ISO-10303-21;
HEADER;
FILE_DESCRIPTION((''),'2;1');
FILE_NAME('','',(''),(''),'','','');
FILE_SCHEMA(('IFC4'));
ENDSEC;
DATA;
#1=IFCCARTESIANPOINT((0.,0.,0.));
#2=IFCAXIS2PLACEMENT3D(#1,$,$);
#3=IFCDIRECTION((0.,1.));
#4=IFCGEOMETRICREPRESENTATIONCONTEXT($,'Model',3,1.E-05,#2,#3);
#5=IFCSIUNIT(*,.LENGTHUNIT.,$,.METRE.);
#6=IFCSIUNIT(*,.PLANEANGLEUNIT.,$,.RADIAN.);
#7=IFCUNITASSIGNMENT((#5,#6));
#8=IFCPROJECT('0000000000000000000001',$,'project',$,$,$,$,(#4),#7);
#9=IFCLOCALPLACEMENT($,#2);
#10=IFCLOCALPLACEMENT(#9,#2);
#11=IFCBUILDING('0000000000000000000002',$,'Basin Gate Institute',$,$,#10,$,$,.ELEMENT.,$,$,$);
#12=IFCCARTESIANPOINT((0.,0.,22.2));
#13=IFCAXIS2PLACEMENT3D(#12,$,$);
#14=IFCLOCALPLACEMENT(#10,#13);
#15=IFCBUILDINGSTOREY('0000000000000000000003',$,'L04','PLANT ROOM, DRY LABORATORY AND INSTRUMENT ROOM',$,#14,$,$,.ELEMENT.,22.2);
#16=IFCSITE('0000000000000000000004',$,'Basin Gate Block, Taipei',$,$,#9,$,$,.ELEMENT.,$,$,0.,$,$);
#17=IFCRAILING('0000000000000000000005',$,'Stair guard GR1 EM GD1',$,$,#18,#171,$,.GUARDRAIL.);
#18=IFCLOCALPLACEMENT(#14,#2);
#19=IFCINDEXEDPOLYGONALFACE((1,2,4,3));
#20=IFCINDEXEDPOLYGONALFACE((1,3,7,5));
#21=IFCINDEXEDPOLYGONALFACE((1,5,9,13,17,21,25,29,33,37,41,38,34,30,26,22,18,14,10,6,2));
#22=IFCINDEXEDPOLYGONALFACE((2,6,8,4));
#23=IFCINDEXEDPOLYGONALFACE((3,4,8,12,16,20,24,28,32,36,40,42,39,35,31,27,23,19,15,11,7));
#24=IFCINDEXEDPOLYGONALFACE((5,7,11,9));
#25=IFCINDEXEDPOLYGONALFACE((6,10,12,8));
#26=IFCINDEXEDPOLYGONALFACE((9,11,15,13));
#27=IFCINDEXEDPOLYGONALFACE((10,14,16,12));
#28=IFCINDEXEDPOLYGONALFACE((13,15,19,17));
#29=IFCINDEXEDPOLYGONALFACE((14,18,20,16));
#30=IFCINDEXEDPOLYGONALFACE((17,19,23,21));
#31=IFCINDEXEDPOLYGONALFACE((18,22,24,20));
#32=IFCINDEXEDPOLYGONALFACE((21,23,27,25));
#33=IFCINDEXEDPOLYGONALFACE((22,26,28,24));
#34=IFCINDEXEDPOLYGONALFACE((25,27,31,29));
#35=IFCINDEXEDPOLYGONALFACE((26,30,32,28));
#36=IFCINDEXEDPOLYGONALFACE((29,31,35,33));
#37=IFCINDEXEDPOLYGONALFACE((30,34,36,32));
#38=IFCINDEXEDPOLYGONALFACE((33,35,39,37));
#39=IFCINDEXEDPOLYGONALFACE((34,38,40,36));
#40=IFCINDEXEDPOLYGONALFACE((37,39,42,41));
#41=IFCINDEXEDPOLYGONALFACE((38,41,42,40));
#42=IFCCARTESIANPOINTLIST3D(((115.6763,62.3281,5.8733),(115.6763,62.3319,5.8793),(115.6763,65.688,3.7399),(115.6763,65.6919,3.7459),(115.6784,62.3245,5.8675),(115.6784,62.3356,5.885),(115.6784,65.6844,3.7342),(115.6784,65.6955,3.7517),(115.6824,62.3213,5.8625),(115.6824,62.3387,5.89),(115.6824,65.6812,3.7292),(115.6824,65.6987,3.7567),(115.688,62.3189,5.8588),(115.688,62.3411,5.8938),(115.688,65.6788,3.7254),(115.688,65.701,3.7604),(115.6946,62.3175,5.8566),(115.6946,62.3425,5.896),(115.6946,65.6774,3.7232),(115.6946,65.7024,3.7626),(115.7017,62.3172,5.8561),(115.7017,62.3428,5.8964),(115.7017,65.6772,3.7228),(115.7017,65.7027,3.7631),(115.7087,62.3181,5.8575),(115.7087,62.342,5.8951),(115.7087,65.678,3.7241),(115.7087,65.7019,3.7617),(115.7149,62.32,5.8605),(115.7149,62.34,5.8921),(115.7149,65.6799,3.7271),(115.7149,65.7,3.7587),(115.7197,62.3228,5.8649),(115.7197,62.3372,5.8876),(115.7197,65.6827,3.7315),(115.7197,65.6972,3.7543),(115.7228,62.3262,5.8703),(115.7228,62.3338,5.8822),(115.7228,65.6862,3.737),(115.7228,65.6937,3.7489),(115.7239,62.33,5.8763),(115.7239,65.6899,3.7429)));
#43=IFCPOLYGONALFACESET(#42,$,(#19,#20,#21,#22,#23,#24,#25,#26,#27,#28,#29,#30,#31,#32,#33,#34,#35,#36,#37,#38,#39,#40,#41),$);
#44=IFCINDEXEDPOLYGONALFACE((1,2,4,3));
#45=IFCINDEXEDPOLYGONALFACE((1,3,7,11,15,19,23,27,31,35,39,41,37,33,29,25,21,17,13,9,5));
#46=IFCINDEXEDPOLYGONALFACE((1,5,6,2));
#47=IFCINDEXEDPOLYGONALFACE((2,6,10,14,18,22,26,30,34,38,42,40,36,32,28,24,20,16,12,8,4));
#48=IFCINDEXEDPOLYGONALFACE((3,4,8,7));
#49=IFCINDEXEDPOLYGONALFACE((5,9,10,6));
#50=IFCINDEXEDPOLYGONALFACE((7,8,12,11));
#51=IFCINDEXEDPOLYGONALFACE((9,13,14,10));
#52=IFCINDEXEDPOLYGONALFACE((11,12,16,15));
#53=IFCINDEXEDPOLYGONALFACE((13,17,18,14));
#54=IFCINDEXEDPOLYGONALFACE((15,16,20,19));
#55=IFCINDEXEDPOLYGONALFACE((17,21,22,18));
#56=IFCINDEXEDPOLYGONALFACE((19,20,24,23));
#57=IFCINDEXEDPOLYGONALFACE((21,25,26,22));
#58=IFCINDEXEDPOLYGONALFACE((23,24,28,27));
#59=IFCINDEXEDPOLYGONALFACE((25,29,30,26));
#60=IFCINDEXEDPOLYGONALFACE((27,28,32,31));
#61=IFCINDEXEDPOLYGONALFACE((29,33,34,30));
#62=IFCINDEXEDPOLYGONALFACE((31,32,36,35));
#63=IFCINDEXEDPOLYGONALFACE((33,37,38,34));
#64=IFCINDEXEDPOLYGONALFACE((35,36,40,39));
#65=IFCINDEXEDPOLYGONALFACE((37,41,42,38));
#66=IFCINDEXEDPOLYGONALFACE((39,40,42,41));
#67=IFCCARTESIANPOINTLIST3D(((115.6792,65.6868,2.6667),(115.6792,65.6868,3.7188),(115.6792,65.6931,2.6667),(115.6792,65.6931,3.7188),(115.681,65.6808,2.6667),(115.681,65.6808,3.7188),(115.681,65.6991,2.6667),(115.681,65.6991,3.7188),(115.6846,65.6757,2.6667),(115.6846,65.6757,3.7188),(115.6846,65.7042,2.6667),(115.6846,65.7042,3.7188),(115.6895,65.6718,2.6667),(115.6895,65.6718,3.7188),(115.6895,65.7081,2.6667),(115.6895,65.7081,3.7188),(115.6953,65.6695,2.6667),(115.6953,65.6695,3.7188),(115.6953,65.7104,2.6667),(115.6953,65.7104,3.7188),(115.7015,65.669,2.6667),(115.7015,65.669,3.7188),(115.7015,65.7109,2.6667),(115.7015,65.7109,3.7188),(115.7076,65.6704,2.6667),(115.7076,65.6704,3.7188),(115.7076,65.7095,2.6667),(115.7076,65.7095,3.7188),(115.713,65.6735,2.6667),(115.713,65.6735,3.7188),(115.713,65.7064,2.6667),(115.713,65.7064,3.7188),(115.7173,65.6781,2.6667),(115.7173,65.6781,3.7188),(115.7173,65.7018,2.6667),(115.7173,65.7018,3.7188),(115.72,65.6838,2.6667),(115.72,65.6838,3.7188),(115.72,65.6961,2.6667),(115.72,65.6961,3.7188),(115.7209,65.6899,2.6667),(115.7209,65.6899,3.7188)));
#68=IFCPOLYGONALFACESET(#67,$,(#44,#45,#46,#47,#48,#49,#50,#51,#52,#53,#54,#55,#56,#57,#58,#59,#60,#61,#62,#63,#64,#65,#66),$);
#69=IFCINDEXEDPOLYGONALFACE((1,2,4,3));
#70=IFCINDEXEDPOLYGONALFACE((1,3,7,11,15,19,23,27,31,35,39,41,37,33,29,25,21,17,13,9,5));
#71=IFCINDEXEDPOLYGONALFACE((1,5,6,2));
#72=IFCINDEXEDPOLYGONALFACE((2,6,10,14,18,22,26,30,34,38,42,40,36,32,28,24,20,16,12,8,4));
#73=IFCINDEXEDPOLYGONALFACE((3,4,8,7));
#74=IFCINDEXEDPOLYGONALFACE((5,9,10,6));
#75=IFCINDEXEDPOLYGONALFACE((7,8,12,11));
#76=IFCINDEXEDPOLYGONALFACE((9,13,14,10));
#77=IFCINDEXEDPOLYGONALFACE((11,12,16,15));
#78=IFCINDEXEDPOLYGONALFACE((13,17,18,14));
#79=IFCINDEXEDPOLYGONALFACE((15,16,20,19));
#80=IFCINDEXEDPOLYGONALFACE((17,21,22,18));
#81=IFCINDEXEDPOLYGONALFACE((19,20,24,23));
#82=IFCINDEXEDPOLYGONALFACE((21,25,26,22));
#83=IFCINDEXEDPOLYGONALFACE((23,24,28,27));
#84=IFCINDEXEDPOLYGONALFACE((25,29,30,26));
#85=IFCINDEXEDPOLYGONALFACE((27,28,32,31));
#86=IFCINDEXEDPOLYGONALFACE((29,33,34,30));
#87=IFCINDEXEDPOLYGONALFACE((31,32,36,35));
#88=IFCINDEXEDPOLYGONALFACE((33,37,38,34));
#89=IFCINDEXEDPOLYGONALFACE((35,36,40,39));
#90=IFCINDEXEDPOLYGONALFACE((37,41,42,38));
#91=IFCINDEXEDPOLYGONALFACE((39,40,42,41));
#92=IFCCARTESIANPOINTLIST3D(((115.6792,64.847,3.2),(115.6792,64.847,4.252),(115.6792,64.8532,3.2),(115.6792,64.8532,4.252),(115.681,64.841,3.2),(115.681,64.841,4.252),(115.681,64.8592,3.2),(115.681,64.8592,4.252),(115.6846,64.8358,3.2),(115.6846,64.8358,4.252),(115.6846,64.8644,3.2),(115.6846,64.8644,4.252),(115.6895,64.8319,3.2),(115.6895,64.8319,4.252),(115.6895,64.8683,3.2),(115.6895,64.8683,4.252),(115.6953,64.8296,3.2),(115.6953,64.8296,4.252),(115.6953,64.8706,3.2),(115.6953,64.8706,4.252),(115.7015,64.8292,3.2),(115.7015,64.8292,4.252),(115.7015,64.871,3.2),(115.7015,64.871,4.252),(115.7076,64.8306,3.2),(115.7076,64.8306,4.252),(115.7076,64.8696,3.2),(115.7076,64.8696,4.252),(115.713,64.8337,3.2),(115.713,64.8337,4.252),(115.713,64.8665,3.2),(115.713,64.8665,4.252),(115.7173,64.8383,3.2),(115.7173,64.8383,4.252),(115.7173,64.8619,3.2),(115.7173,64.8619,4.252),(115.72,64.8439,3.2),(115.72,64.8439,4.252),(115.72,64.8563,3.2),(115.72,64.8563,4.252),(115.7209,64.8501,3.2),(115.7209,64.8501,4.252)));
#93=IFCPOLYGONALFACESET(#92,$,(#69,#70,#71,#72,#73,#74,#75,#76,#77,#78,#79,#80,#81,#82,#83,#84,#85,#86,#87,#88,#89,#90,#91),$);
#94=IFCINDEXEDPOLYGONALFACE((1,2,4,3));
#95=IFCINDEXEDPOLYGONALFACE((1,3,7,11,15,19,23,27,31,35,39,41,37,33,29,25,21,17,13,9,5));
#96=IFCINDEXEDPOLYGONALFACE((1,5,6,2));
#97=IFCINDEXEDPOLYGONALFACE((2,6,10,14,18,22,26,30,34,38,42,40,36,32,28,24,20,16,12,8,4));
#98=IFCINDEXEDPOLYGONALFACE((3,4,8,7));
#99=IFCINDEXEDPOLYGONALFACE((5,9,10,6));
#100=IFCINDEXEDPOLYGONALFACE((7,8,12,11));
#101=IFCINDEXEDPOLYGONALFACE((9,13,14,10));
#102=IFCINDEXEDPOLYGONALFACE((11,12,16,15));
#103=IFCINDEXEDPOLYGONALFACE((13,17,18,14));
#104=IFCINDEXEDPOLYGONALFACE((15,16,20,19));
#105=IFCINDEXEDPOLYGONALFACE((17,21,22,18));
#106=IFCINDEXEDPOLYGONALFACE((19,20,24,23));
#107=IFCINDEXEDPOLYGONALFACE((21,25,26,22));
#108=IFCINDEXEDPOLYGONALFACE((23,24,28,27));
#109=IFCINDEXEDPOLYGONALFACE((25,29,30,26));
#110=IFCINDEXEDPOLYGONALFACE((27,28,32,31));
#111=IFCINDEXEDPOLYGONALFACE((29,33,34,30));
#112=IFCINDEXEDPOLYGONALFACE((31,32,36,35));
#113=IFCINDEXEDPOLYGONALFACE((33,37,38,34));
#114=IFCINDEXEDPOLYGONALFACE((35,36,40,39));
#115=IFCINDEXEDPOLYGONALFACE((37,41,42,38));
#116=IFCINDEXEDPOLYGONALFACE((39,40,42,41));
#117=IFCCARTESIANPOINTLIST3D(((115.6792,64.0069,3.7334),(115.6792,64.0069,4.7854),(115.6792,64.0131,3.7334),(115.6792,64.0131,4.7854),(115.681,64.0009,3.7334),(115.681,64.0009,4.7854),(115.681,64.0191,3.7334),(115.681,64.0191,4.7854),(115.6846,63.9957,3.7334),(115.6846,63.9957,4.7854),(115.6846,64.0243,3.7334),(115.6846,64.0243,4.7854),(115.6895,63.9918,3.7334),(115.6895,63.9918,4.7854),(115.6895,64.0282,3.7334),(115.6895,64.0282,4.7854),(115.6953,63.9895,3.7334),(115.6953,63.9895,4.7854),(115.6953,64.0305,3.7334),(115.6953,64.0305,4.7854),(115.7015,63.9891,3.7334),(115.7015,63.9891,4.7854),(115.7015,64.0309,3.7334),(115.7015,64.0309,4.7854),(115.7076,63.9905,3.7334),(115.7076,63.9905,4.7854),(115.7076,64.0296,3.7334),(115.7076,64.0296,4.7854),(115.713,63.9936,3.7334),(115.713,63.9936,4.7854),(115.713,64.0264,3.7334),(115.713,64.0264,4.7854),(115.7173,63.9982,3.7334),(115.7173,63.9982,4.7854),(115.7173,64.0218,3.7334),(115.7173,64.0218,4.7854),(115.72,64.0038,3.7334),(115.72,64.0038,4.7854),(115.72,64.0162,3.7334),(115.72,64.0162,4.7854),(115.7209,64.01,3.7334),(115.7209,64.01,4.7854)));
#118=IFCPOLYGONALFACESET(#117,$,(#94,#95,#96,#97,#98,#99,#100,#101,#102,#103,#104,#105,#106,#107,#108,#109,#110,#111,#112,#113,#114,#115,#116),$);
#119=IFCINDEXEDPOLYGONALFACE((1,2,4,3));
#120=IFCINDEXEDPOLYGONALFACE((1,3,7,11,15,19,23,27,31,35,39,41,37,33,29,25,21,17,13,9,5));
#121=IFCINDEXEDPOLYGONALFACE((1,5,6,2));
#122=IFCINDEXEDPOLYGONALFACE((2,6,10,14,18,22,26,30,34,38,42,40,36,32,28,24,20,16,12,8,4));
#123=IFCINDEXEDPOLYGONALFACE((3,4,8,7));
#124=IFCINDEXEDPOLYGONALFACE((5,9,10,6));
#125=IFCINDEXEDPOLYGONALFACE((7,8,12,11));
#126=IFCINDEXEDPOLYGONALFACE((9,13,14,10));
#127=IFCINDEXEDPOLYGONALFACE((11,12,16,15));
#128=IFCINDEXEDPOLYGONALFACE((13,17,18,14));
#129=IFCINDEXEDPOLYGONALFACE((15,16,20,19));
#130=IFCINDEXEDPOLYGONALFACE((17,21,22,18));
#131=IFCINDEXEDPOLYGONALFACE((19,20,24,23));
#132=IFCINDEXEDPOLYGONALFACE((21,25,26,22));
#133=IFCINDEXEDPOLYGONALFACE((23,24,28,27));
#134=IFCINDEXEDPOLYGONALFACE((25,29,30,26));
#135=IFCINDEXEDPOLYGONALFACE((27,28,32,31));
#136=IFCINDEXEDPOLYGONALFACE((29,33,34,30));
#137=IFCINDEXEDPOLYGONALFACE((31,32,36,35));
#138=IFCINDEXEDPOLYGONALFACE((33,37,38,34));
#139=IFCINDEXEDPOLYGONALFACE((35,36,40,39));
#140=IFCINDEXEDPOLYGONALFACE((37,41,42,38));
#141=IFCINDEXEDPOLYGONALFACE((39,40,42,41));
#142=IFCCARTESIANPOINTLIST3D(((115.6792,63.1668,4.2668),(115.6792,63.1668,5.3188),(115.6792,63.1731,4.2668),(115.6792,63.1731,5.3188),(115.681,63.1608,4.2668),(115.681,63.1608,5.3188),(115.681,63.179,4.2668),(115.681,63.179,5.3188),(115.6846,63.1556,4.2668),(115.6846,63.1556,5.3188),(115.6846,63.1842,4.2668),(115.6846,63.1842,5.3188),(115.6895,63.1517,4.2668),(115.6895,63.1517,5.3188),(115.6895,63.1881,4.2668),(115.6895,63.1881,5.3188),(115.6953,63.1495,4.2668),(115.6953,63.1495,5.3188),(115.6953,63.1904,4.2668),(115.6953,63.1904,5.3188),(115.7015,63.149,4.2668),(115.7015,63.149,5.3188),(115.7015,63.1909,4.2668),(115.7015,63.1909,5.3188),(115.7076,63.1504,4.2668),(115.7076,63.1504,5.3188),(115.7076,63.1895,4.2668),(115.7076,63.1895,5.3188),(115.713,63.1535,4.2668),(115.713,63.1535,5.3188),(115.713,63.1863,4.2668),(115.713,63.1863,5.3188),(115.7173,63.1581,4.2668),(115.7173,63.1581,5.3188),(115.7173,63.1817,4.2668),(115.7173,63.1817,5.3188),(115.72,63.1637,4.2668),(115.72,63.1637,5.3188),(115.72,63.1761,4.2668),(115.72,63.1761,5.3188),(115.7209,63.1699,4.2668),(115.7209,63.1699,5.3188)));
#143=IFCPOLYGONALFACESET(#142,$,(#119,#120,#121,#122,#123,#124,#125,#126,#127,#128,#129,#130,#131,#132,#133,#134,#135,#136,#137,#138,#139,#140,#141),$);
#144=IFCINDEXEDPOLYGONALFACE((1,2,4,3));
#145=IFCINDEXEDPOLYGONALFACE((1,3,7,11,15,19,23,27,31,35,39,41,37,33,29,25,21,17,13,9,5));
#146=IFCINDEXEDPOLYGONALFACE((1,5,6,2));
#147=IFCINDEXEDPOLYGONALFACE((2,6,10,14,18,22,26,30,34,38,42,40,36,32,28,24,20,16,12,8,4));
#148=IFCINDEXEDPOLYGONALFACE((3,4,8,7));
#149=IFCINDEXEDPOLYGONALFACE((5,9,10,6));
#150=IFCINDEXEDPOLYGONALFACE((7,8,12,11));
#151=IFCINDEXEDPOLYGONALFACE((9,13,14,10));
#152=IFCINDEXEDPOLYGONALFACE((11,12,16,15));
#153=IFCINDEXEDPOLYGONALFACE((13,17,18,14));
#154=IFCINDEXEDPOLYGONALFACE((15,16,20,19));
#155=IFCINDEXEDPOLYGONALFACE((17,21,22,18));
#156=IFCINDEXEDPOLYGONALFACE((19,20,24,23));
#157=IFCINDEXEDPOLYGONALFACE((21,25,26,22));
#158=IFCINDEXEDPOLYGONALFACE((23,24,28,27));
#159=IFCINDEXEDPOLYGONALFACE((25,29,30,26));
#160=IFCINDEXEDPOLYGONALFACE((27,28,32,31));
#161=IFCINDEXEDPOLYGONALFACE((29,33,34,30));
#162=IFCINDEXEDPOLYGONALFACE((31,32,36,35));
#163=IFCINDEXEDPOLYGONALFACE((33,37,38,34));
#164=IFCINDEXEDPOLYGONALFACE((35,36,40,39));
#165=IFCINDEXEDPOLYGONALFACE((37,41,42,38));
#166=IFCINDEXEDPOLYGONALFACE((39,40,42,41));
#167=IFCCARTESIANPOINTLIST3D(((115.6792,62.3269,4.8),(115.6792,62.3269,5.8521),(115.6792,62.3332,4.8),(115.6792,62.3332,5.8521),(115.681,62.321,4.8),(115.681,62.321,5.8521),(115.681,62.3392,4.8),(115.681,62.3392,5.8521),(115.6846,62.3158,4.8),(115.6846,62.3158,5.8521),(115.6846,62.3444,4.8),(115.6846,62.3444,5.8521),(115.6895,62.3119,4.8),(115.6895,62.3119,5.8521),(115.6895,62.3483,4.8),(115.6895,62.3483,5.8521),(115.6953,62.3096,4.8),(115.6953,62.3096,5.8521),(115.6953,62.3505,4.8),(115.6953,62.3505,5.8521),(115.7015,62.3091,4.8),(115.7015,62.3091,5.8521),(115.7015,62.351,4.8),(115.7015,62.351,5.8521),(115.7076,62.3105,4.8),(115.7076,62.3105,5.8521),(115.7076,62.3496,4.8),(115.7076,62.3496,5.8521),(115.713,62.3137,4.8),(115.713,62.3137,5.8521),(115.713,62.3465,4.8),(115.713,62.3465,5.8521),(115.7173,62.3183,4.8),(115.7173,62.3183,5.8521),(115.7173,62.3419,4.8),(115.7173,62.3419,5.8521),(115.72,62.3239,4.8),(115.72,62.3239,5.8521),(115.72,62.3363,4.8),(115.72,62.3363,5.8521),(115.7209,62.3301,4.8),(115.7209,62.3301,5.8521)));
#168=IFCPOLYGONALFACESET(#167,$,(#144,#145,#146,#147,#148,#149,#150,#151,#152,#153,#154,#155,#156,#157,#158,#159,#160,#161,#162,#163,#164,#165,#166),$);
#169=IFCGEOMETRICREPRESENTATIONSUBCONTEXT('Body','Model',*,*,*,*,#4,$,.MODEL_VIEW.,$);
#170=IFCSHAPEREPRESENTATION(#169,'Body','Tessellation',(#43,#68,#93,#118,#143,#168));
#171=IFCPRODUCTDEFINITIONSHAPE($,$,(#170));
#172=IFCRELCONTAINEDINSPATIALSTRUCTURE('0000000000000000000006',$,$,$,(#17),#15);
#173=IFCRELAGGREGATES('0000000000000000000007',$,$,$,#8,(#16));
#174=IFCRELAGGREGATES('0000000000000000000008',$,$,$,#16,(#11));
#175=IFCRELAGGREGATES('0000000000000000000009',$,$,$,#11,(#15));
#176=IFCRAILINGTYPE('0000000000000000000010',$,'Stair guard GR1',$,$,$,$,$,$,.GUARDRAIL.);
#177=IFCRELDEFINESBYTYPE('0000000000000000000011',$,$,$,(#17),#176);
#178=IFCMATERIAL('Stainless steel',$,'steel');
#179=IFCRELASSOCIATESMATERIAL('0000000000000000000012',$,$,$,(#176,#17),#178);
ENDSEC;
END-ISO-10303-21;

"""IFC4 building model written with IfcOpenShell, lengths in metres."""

from ifc_helpers import new_model, si_unit, direction, frame, origin, origin_2d, place, context, subcontext, project, spatial, circle, extrude, material, type_object, element, save


model = new_model("IFC4")

# Units and contexts
model_context = context("Model", 3, precision=1e-05, world=origin(), true_north=direction((0.0, 1.0)))
body_context = subcontext(model_context, "Body", "Model", "MODEL_VIEW")
ifc_project = project(units=[si_unit("LENGTHUNIT", "METRE"), si_unit("PLANEANGLEUNIT", "RADIAN")], contexts=[model_context])

# Site, building, storey
site_placement = place(None, origin())
site = spatial("IfcSite", under=ifc_project, at=site_placement, Name="Basin Gate Block, Taipei", CompositionType="ELEMENT", RefElevation=0.0)
building_placement = place(site_placement, origin())
building = spatial("IfcBuilding", under=site, at=building_placement, Name="Basin Gate Institute", CompositionType="ELEMENT")
storey_placement = place(building_placement, frame((0.0, 0.0, 22.2)))
storey = spatial("IfcBuildingStorey", under=building, at=storey_placement, Name="L04", Description="PLANT ROOM, DRY LABORATORY AND INSTRUMENT ROOM", CompositionType="ELEMENT", Elevation=22.2)

# Railing
ifc_material_1 = material(Name="Stainless steel", Category="steel")
railing_type_1 = type_object("IfcRailingType", Name="Stair guard GR1", PredefinedType="GUARDRAIL", material=ifc_material_1)
railing_1_placement = place(storey_placement, frame((115.7, 65.6899, 2.6667)))
element("IfcRailing", 1, at=railing_1_placement, inside=storey, type_object=railing_type_1, material=ifc_material_1, Name="Stair guard GR1 EM GD1", PredefinedType="GUARDRAIL", context=body_context, shape_type="SweptSolid", body=[
    extrude(circle(Radius=0.0239, at=origin_2d()), frame((0.0, 0.0, 1.0762), z_axis=(0.0, -0.844207, 0.536018), x_axis=(1.0, 0.0, 0.0)), (0.0, 0.0, 1.0), 3.98),
    extrude(circle(Radius=0.021, at=origin_2d()), origin(), (0.0, 0.0, 1.0), 1.052),
    extrude(circle(Radius=0.021, at=origin_2d()), frame((0.0, -0.8398, 0.5332)), (0.0, 0.0, 1.0), 1.052),
    extrude(circle(Radius=0.021, at=origin_2d()), frame((0.0, -1.6799, 1.0667)), (0.0, 0.0, 1.0), 1.052),
    extrude(circle(Radius=0.021, at=origin_2d()), frame((0.0, -2.52, 1.6001)), (0.0, 0.0, 1.0), 1.052),
    extrude(circle(Radius=0.021, at=origin_2d()), frame((0.0, -3.3599, 2.1333)), (0.0, 0.0, 1.0), 1.052),
])

save(model, "model.ifc")
